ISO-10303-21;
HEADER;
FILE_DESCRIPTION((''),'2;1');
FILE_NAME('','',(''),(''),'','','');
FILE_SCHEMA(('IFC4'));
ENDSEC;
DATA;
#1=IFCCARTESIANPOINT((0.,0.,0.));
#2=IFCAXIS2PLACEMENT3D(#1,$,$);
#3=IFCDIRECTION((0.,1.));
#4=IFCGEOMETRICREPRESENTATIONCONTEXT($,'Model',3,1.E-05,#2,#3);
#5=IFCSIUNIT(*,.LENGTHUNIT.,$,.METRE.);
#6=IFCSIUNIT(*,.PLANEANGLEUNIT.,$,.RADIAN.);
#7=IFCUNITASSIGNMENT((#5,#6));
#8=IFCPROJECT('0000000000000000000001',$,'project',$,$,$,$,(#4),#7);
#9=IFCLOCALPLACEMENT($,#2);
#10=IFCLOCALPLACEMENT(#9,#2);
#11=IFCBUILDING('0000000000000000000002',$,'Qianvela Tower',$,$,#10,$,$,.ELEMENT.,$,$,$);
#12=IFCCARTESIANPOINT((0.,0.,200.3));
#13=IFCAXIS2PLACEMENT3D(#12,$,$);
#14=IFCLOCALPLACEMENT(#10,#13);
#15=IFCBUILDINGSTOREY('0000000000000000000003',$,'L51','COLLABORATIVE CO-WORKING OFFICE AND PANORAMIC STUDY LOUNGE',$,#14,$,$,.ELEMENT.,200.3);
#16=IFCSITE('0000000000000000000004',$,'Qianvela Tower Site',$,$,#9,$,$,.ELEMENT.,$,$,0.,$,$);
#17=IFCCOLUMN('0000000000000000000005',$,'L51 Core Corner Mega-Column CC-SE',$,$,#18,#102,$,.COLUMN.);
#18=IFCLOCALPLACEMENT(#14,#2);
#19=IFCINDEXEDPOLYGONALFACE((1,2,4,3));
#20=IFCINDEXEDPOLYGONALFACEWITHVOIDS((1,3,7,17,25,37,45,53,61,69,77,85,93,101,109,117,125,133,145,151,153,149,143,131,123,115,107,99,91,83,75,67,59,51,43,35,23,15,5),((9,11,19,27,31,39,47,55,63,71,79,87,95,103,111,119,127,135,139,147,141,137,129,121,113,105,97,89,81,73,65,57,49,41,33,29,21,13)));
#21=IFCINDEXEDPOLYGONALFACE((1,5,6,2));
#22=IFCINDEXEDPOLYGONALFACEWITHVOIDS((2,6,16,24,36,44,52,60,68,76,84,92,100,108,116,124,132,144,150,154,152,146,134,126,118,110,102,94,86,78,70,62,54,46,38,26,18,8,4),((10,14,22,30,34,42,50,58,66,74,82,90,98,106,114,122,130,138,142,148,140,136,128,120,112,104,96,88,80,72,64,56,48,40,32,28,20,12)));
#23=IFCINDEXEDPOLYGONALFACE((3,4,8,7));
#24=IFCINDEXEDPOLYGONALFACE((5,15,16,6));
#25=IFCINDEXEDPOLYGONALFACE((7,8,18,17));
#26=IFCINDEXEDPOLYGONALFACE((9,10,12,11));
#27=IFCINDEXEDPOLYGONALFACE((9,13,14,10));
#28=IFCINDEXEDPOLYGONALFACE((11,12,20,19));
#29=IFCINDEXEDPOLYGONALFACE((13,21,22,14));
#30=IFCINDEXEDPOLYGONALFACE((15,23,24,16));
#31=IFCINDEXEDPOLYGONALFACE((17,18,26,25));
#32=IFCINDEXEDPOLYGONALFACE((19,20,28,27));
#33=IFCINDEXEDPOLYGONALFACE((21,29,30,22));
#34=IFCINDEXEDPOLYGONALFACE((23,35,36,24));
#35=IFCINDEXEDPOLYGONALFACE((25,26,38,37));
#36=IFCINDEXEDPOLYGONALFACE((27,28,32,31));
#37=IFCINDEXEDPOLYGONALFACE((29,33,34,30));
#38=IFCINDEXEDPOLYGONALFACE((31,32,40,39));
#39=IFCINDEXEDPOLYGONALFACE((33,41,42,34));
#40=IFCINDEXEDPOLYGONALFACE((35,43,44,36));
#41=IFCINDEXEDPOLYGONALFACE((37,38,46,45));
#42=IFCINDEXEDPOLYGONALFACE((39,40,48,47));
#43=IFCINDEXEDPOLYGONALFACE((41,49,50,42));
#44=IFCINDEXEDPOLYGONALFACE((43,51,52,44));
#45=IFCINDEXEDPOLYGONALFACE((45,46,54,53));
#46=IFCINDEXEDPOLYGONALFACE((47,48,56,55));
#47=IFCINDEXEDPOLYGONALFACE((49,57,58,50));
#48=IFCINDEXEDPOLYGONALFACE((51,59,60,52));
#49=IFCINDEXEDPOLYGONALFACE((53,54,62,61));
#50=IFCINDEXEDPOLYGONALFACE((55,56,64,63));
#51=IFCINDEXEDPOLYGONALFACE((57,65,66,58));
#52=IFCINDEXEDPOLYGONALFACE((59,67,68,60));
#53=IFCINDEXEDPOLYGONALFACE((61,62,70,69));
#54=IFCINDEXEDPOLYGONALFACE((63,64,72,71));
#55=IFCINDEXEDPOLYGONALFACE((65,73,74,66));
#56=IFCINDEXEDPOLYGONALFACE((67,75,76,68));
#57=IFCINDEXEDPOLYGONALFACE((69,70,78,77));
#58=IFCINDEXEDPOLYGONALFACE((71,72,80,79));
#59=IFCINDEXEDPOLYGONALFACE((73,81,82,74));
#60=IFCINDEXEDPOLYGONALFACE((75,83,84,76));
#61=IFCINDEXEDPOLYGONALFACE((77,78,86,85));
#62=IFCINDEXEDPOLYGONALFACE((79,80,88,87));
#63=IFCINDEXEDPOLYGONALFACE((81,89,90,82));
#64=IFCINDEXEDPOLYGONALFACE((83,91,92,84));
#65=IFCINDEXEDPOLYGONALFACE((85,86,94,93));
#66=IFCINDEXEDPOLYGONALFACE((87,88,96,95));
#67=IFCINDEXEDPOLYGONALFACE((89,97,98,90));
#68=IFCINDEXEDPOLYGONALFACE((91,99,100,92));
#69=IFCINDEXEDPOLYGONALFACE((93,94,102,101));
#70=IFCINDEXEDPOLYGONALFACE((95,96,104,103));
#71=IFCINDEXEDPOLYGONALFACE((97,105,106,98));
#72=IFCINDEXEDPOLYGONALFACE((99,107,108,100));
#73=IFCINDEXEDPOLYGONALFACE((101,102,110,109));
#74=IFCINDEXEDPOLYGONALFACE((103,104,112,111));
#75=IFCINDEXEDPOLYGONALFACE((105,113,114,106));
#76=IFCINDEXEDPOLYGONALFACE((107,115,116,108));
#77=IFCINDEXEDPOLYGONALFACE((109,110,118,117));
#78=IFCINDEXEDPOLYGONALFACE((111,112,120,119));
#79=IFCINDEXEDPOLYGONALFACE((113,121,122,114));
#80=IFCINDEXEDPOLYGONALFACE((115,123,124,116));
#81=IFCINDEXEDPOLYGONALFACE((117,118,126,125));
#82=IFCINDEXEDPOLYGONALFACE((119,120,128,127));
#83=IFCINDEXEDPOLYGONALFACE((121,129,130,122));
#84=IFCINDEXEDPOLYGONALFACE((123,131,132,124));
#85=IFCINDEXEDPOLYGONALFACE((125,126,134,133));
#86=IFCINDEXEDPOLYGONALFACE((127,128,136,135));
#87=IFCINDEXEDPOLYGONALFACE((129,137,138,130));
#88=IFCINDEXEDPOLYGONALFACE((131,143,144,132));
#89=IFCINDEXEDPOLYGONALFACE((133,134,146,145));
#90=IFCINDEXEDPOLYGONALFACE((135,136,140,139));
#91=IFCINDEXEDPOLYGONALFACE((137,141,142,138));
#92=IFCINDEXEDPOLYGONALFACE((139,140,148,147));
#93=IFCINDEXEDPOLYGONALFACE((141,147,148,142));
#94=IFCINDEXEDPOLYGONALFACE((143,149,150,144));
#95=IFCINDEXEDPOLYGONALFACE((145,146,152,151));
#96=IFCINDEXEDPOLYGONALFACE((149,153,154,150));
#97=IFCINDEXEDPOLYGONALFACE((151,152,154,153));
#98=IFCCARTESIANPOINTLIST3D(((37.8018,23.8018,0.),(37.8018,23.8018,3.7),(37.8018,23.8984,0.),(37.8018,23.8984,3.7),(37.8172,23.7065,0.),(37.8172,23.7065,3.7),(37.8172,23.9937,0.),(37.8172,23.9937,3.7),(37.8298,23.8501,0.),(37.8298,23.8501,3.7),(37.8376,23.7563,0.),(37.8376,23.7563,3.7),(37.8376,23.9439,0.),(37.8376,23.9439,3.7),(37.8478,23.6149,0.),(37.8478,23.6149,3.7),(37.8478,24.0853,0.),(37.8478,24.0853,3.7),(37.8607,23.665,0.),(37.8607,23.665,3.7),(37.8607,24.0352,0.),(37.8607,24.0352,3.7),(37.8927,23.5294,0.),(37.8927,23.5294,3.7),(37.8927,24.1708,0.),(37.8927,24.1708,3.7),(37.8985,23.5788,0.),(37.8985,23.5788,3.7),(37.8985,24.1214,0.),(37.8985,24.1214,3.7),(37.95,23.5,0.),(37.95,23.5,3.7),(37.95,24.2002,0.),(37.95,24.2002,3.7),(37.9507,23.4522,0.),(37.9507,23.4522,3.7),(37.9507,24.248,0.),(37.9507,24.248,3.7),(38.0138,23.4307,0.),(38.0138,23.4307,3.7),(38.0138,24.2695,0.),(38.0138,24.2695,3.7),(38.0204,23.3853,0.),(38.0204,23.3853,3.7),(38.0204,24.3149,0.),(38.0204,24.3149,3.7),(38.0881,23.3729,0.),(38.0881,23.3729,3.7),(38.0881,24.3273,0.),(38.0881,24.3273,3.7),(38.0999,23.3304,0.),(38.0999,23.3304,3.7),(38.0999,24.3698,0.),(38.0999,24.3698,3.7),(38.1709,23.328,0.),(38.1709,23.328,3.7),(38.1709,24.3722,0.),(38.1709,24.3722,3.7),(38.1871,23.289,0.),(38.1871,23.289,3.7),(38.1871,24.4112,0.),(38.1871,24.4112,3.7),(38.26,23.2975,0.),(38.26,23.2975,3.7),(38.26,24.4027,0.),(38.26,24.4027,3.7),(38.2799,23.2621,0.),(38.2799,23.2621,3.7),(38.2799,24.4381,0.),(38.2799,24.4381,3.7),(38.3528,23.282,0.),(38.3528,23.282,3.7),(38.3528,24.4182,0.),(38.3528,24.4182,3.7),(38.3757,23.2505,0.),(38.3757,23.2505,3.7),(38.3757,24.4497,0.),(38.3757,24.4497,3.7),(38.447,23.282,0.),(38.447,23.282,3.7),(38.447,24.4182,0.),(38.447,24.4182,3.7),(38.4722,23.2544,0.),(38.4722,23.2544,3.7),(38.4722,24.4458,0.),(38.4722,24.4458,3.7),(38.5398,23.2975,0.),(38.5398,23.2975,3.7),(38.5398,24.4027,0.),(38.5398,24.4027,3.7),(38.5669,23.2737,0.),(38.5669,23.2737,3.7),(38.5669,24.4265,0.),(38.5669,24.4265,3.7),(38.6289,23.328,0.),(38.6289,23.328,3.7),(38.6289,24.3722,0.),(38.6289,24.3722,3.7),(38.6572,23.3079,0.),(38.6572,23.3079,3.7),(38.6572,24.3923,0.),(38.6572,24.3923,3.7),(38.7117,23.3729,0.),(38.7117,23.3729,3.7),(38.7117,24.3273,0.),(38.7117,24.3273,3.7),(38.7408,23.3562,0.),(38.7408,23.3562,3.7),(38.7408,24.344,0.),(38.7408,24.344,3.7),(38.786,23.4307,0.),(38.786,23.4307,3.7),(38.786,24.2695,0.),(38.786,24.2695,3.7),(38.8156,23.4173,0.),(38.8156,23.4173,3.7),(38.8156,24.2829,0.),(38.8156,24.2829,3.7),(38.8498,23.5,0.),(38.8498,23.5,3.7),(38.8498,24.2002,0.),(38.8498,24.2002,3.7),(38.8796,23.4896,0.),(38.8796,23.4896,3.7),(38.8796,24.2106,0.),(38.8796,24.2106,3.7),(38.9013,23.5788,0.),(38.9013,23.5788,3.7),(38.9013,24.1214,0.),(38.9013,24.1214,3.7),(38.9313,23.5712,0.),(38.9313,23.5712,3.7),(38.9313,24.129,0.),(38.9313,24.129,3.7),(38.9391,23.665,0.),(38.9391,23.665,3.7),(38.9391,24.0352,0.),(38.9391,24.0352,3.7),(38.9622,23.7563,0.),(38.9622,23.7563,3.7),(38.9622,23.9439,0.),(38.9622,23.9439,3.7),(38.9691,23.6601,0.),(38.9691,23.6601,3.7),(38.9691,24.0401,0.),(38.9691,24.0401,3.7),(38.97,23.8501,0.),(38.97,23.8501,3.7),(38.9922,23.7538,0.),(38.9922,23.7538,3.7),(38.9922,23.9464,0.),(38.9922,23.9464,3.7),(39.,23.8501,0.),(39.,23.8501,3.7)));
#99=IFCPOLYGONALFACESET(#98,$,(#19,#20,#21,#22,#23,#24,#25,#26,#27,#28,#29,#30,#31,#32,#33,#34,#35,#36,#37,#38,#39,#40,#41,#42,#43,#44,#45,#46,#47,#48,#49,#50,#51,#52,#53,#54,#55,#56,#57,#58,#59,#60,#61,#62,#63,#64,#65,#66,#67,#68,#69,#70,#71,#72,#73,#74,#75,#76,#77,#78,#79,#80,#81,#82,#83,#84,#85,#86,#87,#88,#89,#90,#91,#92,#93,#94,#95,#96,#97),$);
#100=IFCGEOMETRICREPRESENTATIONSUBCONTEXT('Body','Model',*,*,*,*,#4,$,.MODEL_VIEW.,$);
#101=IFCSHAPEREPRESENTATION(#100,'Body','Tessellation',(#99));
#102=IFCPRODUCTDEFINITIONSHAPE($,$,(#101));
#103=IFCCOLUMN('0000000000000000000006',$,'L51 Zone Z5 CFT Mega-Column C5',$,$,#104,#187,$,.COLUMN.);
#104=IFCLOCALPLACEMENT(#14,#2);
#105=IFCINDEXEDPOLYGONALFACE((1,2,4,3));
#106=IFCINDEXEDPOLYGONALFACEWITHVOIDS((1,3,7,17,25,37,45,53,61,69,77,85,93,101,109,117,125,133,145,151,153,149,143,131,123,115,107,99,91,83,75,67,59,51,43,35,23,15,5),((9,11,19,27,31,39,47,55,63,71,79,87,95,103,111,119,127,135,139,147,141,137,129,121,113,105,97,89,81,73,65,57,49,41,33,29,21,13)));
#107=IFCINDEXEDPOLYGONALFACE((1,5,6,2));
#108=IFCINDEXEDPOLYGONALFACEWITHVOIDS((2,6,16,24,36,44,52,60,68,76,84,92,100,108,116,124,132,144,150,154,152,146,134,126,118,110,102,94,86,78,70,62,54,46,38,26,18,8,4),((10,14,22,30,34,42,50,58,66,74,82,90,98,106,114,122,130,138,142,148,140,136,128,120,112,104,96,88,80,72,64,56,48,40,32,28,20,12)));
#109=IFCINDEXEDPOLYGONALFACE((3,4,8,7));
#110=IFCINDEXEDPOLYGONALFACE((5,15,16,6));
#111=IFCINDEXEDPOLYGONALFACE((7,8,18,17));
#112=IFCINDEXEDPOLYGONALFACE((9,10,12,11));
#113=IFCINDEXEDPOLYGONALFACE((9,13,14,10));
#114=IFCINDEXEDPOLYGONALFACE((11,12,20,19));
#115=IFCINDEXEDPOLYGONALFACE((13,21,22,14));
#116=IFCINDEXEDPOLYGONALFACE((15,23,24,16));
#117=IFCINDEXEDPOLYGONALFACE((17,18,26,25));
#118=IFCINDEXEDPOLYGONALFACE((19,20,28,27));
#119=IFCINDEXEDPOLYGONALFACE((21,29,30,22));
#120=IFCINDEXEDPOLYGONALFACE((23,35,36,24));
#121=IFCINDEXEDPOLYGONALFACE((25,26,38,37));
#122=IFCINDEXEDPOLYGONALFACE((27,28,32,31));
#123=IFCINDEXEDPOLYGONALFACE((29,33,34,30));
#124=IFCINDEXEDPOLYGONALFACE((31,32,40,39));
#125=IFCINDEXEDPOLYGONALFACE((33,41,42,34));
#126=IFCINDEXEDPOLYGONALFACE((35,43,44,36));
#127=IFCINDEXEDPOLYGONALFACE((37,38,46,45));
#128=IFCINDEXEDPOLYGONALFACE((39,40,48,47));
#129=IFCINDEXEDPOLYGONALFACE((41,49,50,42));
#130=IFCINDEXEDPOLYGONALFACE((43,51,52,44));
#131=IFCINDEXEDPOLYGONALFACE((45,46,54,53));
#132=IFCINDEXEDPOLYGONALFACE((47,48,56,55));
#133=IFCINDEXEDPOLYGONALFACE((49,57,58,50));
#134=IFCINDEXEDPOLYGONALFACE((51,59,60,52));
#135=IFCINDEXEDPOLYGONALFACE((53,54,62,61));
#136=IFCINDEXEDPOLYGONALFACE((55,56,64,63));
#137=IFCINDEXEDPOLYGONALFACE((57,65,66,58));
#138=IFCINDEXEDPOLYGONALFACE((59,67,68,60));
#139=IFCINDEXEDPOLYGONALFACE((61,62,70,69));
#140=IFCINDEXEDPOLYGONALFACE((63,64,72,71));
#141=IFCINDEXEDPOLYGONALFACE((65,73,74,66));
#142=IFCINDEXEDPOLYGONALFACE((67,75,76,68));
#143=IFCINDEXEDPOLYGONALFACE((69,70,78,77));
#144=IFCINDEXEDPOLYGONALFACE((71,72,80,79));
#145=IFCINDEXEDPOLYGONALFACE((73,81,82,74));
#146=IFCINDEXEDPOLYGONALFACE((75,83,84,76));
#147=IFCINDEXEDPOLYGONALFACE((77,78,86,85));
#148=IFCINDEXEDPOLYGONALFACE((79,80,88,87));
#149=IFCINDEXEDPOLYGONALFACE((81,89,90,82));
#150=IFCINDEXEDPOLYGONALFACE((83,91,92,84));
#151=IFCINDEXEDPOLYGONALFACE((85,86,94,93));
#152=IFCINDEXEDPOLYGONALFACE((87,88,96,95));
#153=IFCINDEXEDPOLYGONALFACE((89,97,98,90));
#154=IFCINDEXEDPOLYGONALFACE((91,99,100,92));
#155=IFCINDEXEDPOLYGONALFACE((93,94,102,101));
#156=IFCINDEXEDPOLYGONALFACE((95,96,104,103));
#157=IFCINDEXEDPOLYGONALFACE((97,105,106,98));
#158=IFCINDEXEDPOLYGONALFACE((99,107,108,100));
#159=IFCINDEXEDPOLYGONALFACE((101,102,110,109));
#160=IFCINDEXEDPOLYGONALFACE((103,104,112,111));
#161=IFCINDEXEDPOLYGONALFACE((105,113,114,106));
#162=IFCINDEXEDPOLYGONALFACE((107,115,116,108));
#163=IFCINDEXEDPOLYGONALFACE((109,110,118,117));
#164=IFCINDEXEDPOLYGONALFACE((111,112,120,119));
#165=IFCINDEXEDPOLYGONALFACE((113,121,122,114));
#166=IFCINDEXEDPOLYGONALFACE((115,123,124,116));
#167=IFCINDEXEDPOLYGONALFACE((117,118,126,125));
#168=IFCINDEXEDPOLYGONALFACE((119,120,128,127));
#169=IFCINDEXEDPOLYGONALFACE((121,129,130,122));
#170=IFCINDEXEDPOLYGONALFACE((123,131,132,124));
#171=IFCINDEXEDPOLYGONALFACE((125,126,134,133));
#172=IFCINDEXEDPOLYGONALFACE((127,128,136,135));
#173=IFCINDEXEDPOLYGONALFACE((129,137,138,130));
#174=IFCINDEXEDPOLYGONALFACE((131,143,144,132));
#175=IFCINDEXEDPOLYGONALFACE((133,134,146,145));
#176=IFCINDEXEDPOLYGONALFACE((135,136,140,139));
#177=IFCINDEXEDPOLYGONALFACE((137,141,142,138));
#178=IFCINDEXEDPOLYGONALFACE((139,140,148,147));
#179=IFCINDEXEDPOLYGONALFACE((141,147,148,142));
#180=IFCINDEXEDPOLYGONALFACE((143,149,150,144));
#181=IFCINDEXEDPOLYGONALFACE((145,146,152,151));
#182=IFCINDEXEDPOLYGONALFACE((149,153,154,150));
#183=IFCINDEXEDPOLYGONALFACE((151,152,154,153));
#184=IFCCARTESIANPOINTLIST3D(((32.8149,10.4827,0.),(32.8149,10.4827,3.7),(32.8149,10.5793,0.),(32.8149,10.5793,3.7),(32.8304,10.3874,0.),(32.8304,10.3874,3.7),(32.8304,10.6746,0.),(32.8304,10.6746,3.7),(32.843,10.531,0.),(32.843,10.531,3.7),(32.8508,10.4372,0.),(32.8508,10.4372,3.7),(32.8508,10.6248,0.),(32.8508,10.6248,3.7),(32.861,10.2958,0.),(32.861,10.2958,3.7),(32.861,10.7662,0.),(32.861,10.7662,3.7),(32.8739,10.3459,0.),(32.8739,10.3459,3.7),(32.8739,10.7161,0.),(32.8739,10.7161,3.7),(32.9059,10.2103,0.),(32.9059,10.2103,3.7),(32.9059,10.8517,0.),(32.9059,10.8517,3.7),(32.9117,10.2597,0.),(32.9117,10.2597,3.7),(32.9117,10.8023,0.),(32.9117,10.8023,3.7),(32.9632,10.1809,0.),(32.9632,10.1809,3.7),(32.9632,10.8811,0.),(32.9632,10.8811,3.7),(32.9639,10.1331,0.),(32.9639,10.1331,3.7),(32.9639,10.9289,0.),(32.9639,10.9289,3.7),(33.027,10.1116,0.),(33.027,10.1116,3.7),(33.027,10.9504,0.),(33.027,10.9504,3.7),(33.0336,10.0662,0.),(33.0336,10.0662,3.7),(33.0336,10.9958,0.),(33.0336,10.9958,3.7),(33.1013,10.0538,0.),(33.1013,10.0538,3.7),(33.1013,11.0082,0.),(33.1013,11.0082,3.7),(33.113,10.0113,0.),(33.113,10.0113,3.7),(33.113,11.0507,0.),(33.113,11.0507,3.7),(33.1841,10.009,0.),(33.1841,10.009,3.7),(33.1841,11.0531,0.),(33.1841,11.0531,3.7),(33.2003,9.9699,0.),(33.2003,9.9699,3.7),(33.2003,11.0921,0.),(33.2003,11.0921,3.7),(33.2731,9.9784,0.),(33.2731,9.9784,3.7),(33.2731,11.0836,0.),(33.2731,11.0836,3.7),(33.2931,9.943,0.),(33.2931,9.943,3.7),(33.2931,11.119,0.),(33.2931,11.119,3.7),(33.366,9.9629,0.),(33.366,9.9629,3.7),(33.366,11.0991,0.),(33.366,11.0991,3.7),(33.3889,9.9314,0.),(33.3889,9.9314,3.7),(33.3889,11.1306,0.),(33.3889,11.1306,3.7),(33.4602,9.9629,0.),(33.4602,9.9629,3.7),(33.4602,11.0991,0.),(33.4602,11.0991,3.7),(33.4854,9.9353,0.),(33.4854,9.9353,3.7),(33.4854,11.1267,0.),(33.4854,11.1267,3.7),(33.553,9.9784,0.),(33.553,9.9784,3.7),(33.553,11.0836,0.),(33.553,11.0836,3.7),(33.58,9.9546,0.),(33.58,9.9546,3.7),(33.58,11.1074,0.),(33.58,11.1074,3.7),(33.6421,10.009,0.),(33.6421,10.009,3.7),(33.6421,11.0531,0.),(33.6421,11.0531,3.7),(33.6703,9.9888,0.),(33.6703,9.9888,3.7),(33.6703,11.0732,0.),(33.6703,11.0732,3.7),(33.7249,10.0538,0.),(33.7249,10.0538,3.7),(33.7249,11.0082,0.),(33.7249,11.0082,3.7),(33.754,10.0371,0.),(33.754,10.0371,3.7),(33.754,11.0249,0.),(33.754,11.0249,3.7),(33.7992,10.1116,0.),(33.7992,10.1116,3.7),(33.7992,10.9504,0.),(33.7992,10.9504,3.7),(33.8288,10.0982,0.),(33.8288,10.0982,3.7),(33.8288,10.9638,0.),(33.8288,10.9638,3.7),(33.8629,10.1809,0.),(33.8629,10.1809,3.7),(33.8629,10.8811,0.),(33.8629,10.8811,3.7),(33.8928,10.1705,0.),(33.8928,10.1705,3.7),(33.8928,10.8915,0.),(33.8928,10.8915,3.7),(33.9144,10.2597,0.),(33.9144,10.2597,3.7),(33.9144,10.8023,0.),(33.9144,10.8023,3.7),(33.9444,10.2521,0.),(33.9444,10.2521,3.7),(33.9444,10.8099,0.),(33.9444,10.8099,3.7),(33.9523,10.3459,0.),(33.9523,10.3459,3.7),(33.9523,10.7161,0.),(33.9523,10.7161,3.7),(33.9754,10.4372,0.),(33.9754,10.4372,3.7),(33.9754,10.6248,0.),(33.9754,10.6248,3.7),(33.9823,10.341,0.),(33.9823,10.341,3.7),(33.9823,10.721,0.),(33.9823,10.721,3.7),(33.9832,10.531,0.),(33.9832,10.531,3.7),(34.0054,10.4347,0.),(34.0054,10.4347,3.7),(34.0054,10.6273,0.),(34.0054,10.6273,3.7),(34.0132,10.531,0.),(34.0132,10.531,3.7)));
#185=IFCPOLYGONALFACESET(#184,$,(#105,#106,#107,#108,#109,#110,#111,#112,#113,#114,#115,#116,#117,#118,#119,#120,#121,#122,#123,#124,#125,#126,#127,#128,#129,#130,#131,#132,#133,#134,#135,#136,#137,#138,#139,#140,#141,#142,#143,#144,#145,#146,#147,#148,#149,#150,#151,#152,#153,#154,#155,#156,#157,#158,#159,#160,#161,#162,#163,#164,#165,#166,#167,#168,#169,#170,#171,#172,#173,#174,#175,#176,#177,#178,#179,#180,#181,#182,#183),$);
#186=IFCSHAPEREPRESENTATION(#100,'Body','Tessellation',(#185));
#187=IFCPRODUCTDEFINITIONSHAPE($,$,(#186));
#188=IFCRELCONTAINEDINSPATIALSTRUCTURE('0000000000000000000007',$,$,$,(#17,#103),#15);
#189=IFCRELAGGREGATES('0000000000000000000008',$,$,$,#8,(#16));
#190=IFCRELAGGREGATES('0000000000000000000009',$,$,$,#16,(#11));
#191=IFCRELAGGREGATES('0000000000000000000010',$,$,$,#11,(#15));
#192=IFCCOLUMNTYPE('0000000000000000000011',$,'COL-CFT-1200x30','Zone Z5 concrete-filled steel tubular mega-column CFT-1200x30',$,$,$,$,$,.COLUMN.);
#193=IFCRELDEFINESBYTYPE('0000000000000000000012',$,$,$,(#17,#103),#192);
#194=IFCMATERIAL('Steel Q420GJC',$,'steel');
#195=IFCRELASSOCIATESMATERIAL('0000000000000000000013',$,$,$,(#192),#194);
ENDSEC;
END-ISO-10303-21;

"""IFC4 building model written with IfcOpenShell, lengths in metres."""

from ifc_helpers import new_model, si_unit, direction, frame, origin, origin_2d, place, context, subcontext, project, spatial, hollow_circle, extrude, material, material_profile, profile_set, type_object, element, save


model = new_model("IFC4")

# Units and contexts
model_context = context("Model", 3, precision=1e-05, world=origin(), true_north=direction((0.0, 1.0)))
body_context = subcontext(model_context, "Body", "Model", "MODEL_VIEW")
ifc_project = project(units=[si_unit("LENGTHUNIT", "METRE"), si_unit("PLANEANGLEUNIT", "RADIAN")], contexts=[model_context])

# Site, building, storey
site_placement = place(None, origin())
site = spatial("IfcSite", under=ifc_project, at=site_placement, Name="Qianvela Tower Site", CompositionType="ELEMENT", RefElevation=0.0)
building_placement = place(site_placement, origin())
building = spatial("IfcBuilding", under=site, at=building_placement, Name="Qianvela Tower", CompositionType="ELEMENT")
storey_placement = place(building_placement, frame((0.0, 0.0, 200.3)))
storey = spatial("IfcBuildingStorey", under=building, at=storey_placement, Name="L51", Description="COLLABORATIVE CO-WORKING OFFICE AND PANORAMIC STUDY LOUNGE", CompositionType="ELEMENT", Elevation=200.3)

# Columns
ifc_material_1 = material(Name="Steel Q420GJC", Category="steel")
ifc_material_profile_1 = material_profile(ifc_material_1, hollow_circle(Radius=0.6001, WallThickness=0.03, at=origin_2d()), Name="CFT-1200x30")
ifc_profile_set_1 = profile_set([ifc_material_profile_1], Name="Steel Q420GJC")
column_type = type_object("IfcColumnType", Name="COL-CFT-1200x30", Description="Zone Z5 concrete-filled steel tubular mega-column CFT-1200x30", PredefinedType="COLUMN", material=ifc_profile_set_1)
for number, where, z_axis, x_axis, name in (
    (1, (38.3999, 23.8501, 0.0), (0.0, 0.0, 1.0), (1.0, 0.0, 0.0), "L51 Core Corner Mega-Column CC-SE"),
    (2, (33.4131, 10.531, 0.0), (0.0, 0.0, 1.0), (1.0, 0.0, 0.0), "L51 Zone Z5 CFT Mega-Column C5"),
):
    element("IfcColumn", number, at=place(storey_placement, frame(where, z_axis=z_axis, x_axis=x_axis)), inside=storey, type_object=column_type, Name=name, PredefinedType="COLUMN", context=body_context, shape_type="SweptSolid", body=[
        extrude(hollow_circle(Radius=0.6001, WallThickness=0.03, at=origin_2d()), origin(), (0.0, 0.0, 1.0), 3.7),
    ])

save(model, "model.ifc")
